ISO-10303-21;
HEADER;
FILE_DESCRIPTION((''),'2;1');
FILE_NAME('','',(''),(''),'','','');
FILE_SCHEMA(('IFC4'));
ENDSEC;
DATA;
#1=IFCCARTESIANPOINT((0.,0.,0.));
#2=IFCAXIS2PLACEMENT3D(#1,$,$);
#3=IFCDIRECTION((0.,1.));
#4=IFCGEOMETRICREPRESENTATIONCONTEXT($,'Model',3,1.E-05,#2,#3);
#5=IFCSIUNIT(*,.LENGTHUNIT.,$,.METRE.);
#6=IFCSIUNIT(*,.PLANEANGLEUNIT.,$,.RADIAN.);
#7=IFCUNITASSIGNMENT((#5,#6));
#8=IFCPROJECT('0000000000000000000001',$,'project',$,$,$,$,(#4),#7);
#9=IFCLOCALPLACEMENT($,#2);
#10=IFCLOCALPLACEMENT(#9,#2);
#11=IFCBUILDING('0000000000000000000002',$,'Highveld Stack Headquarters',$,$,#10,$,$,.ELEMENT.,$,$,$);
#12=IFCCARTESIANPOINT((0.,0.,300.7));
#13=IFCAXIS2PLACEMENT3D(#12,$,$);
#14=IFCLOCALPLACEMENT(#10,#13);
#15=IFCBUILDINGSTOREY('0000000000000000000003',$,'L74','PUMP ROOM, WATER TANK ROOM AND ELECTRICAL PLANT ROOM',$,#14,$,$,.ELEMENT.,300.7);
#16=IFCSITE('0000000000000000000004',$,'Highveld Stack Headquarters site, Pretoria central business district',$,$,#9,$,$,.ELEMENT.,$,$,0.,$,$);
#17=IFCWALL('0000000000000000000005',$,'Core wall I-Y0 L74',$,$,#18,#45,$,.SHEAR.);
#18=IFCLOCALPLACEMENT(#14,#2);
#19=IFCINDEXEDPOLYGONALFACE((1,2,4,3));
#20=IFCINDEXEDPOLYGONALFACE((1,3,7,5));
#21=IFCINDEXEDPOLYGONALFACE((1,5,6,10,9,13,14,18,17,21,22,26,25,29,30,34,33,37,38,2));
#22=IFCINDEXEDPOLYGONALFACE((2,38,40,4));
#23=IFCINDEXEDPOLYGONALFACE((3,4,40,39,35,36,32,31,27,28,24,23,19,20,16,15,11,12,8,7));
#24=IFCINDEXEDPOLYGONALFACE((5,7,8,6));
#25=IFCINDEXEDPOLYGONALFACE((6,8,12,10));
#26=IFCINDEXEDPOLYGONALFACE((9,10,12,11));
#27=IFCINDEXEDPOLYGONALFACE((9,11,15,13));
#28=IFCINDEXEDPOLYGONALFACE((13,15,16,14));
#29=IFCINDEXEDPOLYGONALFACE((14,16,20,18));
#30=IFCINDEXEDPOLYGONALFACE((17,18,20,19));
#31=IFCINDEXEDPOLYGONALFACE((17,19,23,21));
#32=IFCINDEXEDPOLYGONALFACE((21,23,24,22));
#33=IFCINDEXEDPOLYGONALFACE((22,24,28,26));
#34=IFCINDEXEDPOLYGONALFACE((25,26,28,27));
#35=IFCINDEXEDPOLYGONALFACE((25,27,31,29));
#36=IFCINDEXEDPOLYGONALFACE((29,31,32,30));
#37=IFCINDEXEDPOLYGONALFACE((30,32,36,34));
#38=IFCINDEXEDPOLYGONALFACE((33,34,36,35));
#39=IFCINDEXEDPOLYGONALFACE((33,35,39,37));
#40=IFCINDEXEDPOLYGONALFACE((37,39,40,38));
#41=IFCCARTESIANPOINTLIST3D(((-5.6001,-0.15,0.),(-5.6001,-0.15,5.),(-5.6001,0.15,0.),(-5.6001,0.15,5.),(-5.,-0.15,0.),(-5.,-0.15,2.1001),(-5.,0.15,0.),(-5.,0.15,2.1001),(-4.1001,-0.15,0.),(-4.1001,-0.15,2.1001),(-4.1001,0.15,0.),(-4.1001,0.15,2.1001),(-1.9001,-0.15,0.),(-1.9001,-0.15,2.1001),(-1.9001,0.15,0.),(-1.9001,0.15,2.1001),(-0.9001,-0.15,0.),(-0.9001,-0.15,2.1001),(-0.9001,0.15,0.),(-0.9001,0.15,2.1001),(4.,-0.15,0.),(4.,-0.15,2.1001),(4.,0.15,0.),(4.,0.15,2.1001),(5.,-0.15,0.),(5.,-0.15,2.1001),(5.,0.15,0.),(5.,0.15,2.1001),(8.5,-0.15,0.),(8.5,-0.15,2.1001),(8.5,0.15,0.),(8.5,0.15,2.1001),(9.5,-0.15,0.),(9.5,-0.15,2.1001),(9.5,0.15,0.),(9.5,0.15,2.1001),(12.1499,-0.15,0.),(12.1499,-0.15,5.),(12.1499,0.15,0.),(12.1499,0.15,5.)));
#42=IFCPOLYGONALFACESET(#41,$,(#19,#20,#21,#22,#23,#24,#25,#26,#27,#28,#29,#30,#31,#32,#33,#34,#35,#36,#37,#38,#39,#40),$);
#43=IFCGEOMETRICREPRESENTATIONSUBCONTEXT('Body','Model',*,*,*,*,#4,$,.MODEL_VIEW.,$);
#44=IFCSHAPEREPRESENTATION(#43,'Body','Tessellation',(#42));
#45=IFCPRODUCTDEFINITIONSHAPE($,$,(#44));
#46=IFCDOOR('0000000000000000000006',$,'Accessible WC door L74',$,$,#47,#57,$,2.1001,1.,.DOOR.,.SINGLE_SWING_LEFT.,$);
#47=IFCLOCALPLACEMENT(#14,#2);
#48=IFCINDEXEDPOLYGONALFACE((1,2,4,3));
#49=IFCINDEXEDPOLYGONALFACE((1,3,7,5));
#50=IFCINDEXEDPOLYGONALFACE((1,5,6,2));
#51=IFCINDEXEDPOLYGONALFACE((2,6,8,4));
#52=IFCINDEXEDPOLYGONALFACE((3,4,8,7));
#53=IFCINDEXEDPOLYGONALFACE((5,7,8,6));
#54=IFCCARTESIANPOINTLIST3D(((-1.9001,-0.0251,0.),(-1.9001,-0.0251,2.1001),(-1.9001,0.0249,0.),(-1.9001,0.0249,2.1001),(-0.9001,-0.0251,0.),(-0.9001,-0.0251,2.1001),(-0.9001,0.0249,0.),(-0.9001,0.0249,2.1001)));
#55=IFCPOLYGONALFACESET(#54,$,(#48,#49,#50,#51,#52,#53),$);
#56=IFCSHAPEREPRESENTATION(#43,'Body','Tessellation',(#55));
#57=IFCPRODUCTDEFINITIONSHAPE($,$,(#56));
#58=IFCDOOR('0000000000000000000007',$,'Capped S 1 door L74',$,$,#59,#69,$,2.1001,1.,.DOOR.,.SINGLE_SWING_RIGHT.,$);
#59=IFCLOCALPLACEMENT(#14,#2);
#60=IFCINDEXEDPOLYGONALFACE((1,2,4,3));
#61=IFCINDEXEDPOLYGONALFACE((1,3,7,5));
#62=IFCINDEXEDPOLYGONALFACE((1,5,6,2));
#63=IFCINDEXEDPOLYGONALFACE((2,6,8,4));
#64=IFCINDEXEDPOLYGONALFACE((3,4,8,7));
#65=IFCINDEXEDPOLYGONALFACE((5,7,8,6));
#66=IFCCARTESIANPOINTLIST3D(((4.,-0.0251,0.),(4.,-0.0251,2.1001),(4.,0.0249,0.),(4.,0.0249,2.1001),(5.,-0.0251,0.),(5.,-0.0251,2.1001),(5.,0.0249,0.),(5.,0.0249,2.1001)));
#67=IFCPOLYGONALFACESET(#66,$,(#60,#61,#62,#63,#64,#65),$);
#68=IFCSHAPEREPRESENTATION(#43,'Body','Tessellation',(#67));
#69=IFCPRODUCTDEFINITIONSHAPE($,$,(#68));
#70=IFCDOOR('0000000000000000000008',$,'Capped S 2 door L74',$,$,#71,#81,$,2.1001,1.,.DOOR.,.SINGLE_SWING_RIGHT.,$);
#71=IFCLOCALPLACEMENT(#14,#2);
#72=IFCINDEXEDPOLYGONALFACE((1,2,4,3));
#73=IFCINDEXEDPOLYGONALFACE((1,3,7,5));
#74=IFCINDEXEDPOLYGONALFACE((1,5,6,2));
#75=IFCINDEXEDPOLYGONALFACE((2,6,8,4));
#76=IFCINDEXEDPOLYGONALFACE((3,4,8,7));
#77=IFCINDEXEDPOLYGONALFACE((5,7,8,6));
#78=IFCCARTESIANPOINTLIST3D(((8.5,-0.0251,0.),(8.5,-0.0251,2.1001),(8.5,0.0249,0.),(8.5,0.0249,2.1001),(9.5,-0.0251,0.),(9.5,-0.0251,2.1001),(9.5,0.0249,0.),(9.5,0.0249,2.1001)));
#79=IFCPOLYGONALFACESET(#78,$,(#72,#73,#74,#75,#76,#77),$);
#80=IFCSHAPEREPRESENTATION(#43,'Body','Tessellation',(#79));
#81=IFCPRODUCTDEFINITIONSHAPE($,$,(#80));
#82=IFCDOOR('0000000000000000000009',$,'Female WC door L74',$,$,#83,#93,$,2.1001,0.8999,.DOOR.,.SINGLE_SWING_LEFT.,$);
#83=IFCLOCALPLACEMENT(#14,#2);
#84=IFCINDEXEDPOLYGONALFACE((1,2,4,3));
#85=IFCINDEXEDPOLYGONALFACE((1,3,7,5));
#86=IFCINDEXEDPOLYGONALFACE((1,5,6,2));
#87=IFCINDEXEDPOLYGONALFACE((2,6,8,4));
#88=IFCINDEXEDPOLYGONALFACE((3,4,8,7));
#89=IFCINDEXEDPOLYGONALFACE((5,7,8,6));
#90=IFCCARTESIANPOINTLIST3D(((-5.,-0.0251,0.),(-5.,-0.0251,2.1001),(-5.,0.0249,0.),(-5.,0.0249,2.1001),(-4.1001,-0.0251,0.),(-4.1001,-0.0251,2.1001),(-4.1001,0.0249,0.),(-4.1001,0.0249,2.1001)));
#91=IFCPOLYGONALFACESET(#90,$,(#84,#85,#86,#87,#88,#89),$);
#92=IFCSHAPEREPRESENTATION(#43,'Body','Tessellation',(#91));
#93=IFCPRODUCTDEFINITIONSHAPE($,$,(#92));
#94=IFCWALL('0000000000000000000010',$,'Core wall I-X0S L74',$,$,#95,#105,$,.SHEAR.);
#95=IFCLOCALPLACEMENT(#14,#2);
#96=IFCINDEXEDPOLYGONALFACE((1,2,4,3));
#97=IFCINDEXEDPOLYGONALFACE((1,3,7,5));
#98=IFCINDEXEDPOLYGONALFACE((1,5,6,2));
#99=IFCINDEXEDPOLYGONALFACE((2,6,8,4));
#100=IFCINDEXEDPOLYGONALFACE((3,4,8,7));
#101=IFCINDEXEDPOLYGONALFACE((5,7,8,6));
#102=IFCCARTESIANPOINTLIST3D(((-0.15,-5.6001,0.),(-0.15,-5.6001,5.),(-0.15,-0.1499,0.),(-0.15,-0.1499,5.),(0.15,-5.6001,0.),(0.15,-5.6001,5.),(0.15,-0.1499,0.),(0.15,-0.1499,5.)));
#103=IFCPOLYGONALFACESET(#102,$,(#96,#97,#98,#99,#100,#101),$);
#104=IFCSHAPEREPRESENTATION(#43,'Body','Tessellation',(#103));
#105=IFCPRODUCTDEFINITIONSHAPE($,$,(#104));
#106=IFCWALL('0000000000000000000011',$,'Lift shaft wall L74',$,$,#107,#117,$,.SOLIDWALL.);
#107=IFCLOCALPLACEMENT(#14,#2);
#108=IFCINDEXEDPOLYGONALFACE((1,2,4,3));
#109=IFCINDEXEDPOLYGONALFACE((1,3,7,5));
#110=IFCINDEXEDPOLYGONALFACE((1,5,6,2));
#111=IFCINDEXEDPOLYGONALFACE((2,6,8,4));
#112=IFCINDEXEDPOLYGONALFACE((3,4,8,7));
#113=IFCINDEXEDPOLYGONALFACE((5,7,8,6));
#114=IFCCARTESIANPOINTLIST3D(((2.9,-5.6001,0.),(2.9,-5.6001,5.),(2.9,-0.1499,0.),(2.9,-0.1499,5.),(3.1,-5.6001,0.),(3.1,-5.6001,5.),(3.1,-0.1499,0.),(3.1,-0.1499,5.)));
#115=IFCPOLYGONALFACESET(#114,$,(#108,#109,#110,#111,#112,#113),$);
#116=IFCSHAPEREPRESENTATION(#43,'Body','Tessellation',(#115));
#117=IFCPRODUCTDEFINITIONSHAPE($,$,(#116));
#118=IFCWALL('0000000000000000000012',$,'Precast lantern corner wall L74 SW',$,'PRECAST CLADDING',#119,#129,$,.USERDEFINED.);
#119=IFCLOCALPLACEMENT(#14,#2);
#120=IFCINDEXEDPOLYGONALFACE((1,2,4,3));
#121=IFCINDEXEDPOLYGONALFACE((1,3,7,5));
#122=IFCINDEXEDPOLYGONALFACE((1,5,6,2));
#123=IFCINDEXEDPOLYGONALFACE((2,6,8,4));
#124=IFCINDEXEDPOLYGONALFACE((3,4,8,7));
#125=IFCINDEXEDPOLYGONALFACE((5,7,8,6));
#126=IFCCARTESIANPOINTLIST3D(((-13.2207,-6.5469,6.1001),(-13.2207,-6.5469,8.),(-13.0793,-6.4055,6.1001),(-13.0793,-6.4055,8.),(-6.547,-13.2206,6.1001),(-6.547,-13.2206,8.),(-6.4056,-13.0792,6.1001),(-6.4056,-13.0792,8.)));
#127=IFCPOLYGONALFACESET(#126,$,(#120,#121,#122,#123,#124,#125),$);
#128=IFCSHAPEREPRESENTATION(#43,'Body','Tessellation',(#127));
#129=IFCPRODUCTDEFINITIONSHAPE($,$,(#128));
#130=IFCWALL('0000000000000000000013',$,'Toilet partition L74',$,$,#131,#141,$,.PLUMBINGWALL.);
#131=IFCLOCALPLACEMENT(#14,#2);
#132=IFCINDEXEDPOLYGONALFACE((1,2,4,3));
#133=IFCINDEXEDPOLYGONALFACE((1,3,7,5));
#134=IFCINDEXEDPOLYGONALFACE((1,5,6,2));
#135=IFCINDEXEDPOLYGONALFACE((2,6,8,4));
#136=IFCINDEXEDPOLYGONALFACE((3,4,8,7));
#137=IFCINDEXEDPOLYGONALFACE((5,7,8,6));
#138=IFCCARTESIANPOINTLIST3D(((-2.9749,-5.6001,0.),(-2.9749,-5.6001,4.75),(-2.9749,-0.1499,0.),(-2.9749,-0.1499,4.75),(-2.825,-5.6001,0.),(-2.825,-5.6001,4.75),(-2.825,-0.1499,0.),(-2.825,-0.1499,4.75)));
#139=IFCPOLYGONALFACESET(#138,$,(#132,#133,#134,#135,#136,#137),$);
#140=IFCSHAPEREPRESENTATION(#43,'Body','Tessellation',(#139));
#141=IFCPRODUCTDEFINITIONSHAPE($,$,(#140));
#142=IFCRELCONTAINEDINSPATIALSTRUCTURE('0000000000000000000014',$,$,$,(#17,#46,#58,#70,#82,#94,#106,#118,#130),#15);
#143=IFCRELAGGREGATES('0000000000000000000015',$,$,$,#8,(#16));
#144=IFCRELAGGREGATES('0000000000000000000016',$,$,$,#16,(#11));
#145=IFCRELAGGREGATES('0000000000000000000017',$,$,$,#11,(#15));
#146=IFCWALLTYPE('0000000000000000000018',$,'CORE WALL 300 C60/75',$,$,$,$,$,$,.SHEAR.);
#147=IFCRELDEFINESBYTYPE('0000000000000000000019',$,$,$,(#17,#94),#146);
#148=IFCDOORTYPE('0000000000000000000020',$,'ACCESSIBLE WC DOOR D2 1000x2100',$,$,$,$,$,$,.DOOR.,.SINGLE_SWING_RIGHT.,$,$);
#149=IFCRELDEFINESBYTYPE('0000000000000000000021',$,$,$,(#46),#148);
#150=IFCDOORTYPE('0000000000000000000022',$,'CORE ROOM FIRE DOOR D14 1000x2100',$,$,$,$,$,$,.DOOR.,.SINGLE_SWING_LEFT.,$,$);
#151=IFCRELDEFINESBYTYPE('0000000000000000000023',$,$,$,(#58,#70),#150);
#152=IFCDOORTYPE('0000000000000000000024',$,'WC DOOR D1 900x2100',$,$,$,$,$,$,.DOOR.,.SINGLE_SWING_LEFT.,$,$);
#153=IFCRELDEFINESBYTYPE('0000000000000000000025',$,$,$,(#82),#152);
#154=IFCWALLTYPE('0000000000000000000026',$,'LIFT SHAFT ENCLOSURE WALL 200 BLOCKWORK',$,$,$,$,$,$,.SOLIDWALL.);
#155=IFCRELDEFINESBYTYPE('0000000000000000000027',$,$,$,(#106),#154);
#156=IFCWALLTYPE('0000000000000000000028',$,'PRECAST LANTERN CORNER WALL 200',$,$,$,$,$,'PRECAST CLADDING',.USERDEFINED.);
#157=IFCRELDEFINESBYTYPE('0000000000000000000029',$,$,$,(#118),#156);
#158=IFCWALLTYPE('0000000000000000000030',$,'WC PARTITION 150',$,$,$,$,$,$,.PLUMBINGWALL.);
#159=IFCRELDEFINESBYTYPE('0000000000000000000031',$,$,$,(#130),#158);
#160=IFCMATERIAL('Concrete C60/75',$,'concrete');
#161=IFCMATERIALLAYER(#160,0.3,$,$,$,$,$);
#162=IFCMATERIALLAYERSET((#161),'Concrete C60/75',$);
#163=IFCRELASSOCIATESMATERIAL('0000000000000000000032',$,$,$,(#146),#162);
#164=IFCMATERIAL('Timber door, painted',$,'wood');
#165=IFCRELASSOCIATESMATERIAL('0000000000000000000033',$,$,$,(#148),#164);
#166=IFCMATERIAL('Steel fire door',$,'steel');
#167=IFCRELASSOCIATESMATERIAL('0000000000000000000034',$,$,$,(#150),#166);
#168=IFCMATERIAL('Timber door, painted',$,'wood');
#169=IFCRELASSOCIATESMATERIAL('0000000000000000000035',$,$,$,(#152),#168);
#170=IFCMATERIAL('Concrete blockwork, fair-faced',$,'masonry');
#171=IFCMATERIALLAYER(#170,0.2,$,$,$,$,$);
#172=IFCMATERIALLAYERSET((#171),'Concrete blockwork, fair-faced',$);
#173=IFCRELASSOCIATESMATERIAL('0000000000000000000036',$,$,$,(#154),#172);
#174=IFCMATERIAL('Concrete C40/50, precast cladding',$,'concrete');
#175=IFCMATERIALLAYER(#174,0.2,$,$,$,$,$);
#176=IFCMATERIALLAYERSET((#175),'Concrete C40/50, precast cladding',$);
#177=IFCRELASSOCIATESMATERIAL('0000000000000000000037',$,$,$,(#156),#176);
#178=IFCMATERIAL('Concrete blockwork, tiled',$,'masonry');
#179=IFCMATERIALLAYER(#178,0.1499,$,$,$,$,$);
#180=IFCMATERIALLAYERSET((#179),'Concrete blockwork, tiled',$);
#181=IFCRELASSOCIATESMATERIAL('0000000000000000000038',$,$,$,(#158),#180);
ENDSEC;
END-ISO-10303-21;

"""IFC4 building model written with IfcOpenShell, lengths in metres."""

from ifc_helpers import new_model, si_unit, direction, frame, frame_2d, origin, place, context, subcontext, project, spatial, rectangle, extrude, material, layer, layer_set, type_object, element, fill, save


model = new_model("IFC4")

# Units and contexts
model_context = context("Model", 3, precision=1e-05, world=origin(), true_north=direction((0.0, 1.0)))
body_context = subcontext(model_context, "Body", "Model", "MODEL_VIEW")
ifc_project = project(units=[si_unit("LENGTHUNIT", "METRE"), si_unit("PLANEANGLEUNIT", "RADIAN")], contexts=[model_context])

# Site, building, storey
site_placement = place(None, origin())
site = spatial("IfcSite", under=ifc_project, at=site_placement, Name="Highveld Stack Headquarters site, Pretoria central business district", CompositionType="ELEMENT", RefElevation=0.0)
building_placement = place(site_placement, origin())
building = spatial("IfcBuilding", under=site, at=building_placement, Name="Highveld Stack Headquarters", CompositionType="ELEMENT")
storey_placement = place(building_placement, frame((0.0, 0.0, 300.7)))
storey = spatial("IfcBuildingStorey", under=building, at=storey_placement, Name="L74", Description="PUMP ROOM, WATER TANK ROOM AND ELECTRICAL PLANT ROOM", CompositionType="ELEMENT", Elevation=300.7)

# Wall, openings, doors
ifc_material_1 = material(Name="Concrete C60/75", Category="concrete")
ifc_layer_1 = layer(ifc_material_1, 0.3)
ifc_layer_set_1 = layer_set([ifc_layer_1], Name="Concrete C60/75")
wall_type_1 = type_object("IfcWallType", Name="CORE WALL 300 C60/75", PredefinedType="SHEAR", material=ifc_layer_set_1)
wall_1_placement = place(storey_placement, frame((-5.6001, 0.0, 0.0), z_axis=(0.0, 0.0, 1.0), x_axis=(1.0, 0.0, 0.0)))
wall_1 = element("IfcWall", 1, at=wall_1_placement, inside=storey, type_object=wall_type_1, Name="Core wall I-Y0 L74", PredefinedType="SHEAR", context=body_context, shape_type="SweptSolid", body=[
    extrude(rectangle(XDim=17.75, YDim=0.3, at=frame_2d((8.875, 0.0))), origin(), (0.0, 0.0, 1.0), 5.0),
])
opening_1_placement = place(wall_1_placement, frame((0.6001, 0.0, 0.0)))
opening_1 = element("IfcOpeningElement", 2, at=opening_1_placement, cuts=wall_1, PredefinedType="OPENING", context=body_context, shape_type="SweptSolid", body=[
    extrude(rectangle(XDim=0.8999, YDim=2.1001, at=frame_2d((0.45, 1.05))), frame((0.0, 0.1599, 0.0), z_axis=(0.0, -1.0, 0.0), x_axis=(1.0, 0.0, 0.0)), (0.0, 0.0, 1.0), 0.3201),
])
opening_2_placement = place(wall_1_placement, frame((3.7, 0.0, 0.0)))
opening_2 = element("IfcOpeningElement", 3, at=opening_2_placement, cuts=wall_1, PredefinedType="OPENING", context=body_context, shape_type="SweptSolid", body=[
    extrude(rectangle(XDim=1.0, YDim=2.1001, at=frame_2d((0.5, 1.05))), frame((0.0, 0.1599, 0.0), z_axis=(0.0, -1.0, 0.0), x_axis=(1.0, 0.0, 0.0)), (0.0, 0.0, 1.0), 0.3201),
])
opening_3_placement = place(wall_1_placement, frame((9.6001, 0.0, 0.0)))
opening_3 = element("IfcOpeningElement", 4, at=opening_3_placement, cuts=wall_1, PredefinedType="OPENING", context=body_context, shape_type="SweptSolid", body=[
    extrude(rectangle(XDim=1.0, YDim=2.1001, at=frame_2d((0.5, 1.05))), frame((0.0, 0.1599, 0.0), z_axis=(0.0, -1.0, 0.0), x_axis=(1.0, 0.0, 0.0)), (0.0, 0.0, 1.0), 0.3201),
])
opening_4_placement = place(wall_1_placement, frame((14.1001, 0.0, 0.0)))
opening_4 = element("IfcOpeningElement", 5, at=opening_4_placement, cuts=wall_1, PredefinedType="OPENING", context=body_context, shape_type="SweptSolid", body=[
    extrude(rectangle(XDim=1.0, YDim=2.1001, at=frame_2d((0.5, 1.05))), frame((0.0, 0.1599, 0.0), z_axis=(0.0, -1.0, 0.0), x_axis=(1.0, 0.0, 0.0)), (0.0, 0.0, 1.0), 0.3201),
])
ifc_material_2 = material(Name="Timber door, painted", Category="wood")
door_type_1 = type_object("IfcDoorType", Name="ACCESSIBLE WC DOOR D2 1000x2100", OperationType="SINGLE_SWING_RIGHT", PredefinedType="DOOR", material=ifc_material_2)
door_1_placement = place(opening_2_placement, origin())
door_1 = element("IfcDoor", 6, at=door_1_placement, inside=storey, type_object=door_type_1, Name="Accessible WC door L74", OperationType="SINGLE_SWING_LEFT", OverallHeight=2.1001, OverallWidth=1.0, PredefinedType="DOOR", context=body_context, shape_type="SweptSolid", body=[
    extrude(rectangle(XDim=1.0, YDim=2.1001, at=frame_2d((0.5, 1.05))), frame((0.0, 0.0249, 0.0), z_axis=(0.0, -1.0, 0.0), x_axis=(1.0, 0.0, 0.0)), (0.0, 0.0, 1.0), 0.05),
])
fill(opening_2, door_1)
ifc_material_3 = material(Name="Steel fire door", Category="steel")
door_type_2 = type_object("IfcDoorType", Name="CORE ROOM FIRE DOOR D14 1000x2100", OperationType="SINGLE_SWING_LEFT", PredefinedType="DOOR", material=ifc_material_3)
door_2_placement = place(opening_3_placement, origin())
door_2 = element("IfcDoor", 7, at=door_2_placement, inside=storey, type_object=door_type_2, Name="Capped S 1 door L74", OperationType="SINGLE_SWING_RIGHT", OverallHeight=2.1001, OverallWidth=1.0, PredefinedType="DOOR", context=body_context, shape_type="SweptSolid", body=[
    extrude(rectangle(XDim=1.0, YDim=2.1001, at=frame_2d((0.5, 1.05))), frame((0.0, 0.0249, 0.0), z_axis=(0.0, -1.0, 0.0), x_axis=(1.0, 0.0, 0.0)), (0.0, 0.0, 1.0), 0.05),
])
fill(opening_3, door_2)
door_3_placement = place(opening_4_placement, origin())
door_3 = element("IfcDoor", 8, at=door_3_placement, inside=storey, type_object=door_type_2, Name="Capped S 2 door L74", OperationType="SINGLE_SWING_RIGHT", OverallHeight=2.1001, OverallWidth=1.0, PredefinedType="DOOR", context=body_context, shape_type="SweptSolid", body=[
    extrude(rectangle(XDim=1.0, YDim=2.1001, at=frame_2d((0.5, 1.05))), frame((0.0, 0.0249, 0.0), z_axis=(0.0, -1.0, 0.0), x_axis=(1.0, 0.0, 0.0)), (0.0, 0.0, 1.0), 0.05),
])
fill(opening_4, door_3)
ifc_material_4 = material(Name="Timber door, painted", Category="wood")
door_type_3 = type_object("IfcDoorType", Name="WC DOOR D1 900x2100", OperationType="SINGLE_SWING_LEFT", PredefinedType="DOOR", material=ifc_material_4)
door_4_placement = place(opening_1_placement, origin())
door_4 = element("IfcDoor", 9, at=door_4_placement, inside=storey, type_object=door_type_3, Name="Female WC door L74", OperationType="SINGLE_SWING_LEFT", OverallHeight=2.1001, OverallWidth=0.8999, PredefinedType="DOOR", context=body_context, shape_type="SweptSolid", body=[
    extrude(rectangle(XDim=0.8999, YDim=2.1001, at=frame_2d((0.45, 1.05))), frame((0.0, 0.0249, 0.0), z_axis=(0.0, -1.0, 0.0), x_axis=(1.0, 0.0, 0.0)), (0.0, 0.0, 1.0), 0.05),
])
fill(opening_1, door_4)

# Walls
wall_2_placement = place(storey_placement, frame((0.0, -5.6001, 0.0), z_axis=(0.0, 0.0, 1.0), x_axis=(0.0, 1.0, 0.0)))
element("IfcWall", 10, at=wall_2_placement, inside=storey, type_object=wall_type_1, Name="Core wall I-X0S L74", PredefinedType="SHEAR", context=body_context, shape_type="SweptSolid", body=[
    extrude(rectangle(XDim=5.4502, YDim=0.3, at=frame_2d((2.7251, 0.0))), origin(), (0.0, 0.0, 1.0), 5.0),
])
ifc_material_5 = material(Name="Concrete blockwork, fair-faced", Category="masonry")
ifc_layer_2 = layer(ifc_material_5, 0.2)
ifc_layer_set_2 = layer_set([ifc_layer_2], Name="Concrete blockwork, fair-faced")
wall_type_2 = type_object("IfcWallType", Name="LIFT SHAFT ENCLOSURE WALL 200 BLOCKWORK", PredefinedType="SOLIDWALL", material=ifc_layer_set_2)
wall_3_placement = place(storey_placement, frame((3.0, -5.6001, 0.0), z_axis=(0.0, 0.0, 1.0), x_axis=(0.0, 1.0, 0.0)))
element("IfcWall", 11, at=wall_3_placement, inside=storey, type_object=wall_type_2, Name="Lift shaft wall L74", PredefinedType="SOLIDWALL", context=body_context, shape_type="SweptSolid", body=[
    extrude(rectangle(XDim=5.4502, YDim=0.2, at=frame_2d((2.7251, 0.0))), origin(), (0.0, 0.0, 1.0), 5.0),
])
ifc_material_6 = material(Name="Concrete C40/50, precast cladding", Category="concrete")
ifc_layer_3 = layer(ifc_material_6, 0.2)
ifc_layer_set_3 = layer_set([ifc_layer_3], Name="Concrete C40/50, precast cladding")
wall_type_3 = type_object("IfcWallType", Name="PRECAST LANTERN CORNER WALL 200", ElementType="PRECAST CLADDING", PredefinedType="USERDEFINED", material=ifc_layer_set_3)
wall_4_placement = place(storey_placement, frame((-6.4763, -13.1499, 6.1001), z_axis=(0.0, 0.0, 1.0), x_axis=(-0.707107, 0.707107, 0.0)))
element("IfcWall", 12, at=wall_4_placement, inside=storey, type_object=wall_type_3, Name="Precast lantern corner wall L74 SW", ObjectType="PRECAST CLADDING", PredefinedType="USERDEFINED", context=body_context, shape_type="SweptSolid", body=[
    extrude(rectangle(XDim=9.438, YDim=0.2, at=frame_2d((4.719, 0.0))), origin(), (0.0, 0.0, 1.0), 1.8999),
])
ifc_material_7 = material(Name="Concrete blockwork, tiled", Category="masonry")
ifc_layer_4 = layer(ifc_material_7, 0.1499)
ifc_layer_set_4 = layer_set([ifc_layer_4], Name="Concrete blockwork, tiled")
wall_type_4 = type_object("IfcWallType", Name="WC PARTITION 150", PredefinedType="PLUMBINGWALL", material=ifc_layer_set_4)
wall_5_placement = place(storey_placement, frame((-2.8999, -5.6001, 0.0), z_axis=(0.0, 0.0, 1.0), x_axis=(0.0, 1.0, 0.0)))
element("IfcWall", 13, at=wall_5_placement, inside=storey, type_object=wall_type_4, Name="Toilet partition L74", PredefinedType="PLUMBINGWALL", context=body_context, shape_type="SweptSolid", body=[
    extrude(rectangle(XDim=5.4502, YDim=0.1499, at=frame_2d((2.7251, 0.0))), origin(), (0.0, 0.0, 1.0), 4.75),
])

save(model, "model.ifc")
